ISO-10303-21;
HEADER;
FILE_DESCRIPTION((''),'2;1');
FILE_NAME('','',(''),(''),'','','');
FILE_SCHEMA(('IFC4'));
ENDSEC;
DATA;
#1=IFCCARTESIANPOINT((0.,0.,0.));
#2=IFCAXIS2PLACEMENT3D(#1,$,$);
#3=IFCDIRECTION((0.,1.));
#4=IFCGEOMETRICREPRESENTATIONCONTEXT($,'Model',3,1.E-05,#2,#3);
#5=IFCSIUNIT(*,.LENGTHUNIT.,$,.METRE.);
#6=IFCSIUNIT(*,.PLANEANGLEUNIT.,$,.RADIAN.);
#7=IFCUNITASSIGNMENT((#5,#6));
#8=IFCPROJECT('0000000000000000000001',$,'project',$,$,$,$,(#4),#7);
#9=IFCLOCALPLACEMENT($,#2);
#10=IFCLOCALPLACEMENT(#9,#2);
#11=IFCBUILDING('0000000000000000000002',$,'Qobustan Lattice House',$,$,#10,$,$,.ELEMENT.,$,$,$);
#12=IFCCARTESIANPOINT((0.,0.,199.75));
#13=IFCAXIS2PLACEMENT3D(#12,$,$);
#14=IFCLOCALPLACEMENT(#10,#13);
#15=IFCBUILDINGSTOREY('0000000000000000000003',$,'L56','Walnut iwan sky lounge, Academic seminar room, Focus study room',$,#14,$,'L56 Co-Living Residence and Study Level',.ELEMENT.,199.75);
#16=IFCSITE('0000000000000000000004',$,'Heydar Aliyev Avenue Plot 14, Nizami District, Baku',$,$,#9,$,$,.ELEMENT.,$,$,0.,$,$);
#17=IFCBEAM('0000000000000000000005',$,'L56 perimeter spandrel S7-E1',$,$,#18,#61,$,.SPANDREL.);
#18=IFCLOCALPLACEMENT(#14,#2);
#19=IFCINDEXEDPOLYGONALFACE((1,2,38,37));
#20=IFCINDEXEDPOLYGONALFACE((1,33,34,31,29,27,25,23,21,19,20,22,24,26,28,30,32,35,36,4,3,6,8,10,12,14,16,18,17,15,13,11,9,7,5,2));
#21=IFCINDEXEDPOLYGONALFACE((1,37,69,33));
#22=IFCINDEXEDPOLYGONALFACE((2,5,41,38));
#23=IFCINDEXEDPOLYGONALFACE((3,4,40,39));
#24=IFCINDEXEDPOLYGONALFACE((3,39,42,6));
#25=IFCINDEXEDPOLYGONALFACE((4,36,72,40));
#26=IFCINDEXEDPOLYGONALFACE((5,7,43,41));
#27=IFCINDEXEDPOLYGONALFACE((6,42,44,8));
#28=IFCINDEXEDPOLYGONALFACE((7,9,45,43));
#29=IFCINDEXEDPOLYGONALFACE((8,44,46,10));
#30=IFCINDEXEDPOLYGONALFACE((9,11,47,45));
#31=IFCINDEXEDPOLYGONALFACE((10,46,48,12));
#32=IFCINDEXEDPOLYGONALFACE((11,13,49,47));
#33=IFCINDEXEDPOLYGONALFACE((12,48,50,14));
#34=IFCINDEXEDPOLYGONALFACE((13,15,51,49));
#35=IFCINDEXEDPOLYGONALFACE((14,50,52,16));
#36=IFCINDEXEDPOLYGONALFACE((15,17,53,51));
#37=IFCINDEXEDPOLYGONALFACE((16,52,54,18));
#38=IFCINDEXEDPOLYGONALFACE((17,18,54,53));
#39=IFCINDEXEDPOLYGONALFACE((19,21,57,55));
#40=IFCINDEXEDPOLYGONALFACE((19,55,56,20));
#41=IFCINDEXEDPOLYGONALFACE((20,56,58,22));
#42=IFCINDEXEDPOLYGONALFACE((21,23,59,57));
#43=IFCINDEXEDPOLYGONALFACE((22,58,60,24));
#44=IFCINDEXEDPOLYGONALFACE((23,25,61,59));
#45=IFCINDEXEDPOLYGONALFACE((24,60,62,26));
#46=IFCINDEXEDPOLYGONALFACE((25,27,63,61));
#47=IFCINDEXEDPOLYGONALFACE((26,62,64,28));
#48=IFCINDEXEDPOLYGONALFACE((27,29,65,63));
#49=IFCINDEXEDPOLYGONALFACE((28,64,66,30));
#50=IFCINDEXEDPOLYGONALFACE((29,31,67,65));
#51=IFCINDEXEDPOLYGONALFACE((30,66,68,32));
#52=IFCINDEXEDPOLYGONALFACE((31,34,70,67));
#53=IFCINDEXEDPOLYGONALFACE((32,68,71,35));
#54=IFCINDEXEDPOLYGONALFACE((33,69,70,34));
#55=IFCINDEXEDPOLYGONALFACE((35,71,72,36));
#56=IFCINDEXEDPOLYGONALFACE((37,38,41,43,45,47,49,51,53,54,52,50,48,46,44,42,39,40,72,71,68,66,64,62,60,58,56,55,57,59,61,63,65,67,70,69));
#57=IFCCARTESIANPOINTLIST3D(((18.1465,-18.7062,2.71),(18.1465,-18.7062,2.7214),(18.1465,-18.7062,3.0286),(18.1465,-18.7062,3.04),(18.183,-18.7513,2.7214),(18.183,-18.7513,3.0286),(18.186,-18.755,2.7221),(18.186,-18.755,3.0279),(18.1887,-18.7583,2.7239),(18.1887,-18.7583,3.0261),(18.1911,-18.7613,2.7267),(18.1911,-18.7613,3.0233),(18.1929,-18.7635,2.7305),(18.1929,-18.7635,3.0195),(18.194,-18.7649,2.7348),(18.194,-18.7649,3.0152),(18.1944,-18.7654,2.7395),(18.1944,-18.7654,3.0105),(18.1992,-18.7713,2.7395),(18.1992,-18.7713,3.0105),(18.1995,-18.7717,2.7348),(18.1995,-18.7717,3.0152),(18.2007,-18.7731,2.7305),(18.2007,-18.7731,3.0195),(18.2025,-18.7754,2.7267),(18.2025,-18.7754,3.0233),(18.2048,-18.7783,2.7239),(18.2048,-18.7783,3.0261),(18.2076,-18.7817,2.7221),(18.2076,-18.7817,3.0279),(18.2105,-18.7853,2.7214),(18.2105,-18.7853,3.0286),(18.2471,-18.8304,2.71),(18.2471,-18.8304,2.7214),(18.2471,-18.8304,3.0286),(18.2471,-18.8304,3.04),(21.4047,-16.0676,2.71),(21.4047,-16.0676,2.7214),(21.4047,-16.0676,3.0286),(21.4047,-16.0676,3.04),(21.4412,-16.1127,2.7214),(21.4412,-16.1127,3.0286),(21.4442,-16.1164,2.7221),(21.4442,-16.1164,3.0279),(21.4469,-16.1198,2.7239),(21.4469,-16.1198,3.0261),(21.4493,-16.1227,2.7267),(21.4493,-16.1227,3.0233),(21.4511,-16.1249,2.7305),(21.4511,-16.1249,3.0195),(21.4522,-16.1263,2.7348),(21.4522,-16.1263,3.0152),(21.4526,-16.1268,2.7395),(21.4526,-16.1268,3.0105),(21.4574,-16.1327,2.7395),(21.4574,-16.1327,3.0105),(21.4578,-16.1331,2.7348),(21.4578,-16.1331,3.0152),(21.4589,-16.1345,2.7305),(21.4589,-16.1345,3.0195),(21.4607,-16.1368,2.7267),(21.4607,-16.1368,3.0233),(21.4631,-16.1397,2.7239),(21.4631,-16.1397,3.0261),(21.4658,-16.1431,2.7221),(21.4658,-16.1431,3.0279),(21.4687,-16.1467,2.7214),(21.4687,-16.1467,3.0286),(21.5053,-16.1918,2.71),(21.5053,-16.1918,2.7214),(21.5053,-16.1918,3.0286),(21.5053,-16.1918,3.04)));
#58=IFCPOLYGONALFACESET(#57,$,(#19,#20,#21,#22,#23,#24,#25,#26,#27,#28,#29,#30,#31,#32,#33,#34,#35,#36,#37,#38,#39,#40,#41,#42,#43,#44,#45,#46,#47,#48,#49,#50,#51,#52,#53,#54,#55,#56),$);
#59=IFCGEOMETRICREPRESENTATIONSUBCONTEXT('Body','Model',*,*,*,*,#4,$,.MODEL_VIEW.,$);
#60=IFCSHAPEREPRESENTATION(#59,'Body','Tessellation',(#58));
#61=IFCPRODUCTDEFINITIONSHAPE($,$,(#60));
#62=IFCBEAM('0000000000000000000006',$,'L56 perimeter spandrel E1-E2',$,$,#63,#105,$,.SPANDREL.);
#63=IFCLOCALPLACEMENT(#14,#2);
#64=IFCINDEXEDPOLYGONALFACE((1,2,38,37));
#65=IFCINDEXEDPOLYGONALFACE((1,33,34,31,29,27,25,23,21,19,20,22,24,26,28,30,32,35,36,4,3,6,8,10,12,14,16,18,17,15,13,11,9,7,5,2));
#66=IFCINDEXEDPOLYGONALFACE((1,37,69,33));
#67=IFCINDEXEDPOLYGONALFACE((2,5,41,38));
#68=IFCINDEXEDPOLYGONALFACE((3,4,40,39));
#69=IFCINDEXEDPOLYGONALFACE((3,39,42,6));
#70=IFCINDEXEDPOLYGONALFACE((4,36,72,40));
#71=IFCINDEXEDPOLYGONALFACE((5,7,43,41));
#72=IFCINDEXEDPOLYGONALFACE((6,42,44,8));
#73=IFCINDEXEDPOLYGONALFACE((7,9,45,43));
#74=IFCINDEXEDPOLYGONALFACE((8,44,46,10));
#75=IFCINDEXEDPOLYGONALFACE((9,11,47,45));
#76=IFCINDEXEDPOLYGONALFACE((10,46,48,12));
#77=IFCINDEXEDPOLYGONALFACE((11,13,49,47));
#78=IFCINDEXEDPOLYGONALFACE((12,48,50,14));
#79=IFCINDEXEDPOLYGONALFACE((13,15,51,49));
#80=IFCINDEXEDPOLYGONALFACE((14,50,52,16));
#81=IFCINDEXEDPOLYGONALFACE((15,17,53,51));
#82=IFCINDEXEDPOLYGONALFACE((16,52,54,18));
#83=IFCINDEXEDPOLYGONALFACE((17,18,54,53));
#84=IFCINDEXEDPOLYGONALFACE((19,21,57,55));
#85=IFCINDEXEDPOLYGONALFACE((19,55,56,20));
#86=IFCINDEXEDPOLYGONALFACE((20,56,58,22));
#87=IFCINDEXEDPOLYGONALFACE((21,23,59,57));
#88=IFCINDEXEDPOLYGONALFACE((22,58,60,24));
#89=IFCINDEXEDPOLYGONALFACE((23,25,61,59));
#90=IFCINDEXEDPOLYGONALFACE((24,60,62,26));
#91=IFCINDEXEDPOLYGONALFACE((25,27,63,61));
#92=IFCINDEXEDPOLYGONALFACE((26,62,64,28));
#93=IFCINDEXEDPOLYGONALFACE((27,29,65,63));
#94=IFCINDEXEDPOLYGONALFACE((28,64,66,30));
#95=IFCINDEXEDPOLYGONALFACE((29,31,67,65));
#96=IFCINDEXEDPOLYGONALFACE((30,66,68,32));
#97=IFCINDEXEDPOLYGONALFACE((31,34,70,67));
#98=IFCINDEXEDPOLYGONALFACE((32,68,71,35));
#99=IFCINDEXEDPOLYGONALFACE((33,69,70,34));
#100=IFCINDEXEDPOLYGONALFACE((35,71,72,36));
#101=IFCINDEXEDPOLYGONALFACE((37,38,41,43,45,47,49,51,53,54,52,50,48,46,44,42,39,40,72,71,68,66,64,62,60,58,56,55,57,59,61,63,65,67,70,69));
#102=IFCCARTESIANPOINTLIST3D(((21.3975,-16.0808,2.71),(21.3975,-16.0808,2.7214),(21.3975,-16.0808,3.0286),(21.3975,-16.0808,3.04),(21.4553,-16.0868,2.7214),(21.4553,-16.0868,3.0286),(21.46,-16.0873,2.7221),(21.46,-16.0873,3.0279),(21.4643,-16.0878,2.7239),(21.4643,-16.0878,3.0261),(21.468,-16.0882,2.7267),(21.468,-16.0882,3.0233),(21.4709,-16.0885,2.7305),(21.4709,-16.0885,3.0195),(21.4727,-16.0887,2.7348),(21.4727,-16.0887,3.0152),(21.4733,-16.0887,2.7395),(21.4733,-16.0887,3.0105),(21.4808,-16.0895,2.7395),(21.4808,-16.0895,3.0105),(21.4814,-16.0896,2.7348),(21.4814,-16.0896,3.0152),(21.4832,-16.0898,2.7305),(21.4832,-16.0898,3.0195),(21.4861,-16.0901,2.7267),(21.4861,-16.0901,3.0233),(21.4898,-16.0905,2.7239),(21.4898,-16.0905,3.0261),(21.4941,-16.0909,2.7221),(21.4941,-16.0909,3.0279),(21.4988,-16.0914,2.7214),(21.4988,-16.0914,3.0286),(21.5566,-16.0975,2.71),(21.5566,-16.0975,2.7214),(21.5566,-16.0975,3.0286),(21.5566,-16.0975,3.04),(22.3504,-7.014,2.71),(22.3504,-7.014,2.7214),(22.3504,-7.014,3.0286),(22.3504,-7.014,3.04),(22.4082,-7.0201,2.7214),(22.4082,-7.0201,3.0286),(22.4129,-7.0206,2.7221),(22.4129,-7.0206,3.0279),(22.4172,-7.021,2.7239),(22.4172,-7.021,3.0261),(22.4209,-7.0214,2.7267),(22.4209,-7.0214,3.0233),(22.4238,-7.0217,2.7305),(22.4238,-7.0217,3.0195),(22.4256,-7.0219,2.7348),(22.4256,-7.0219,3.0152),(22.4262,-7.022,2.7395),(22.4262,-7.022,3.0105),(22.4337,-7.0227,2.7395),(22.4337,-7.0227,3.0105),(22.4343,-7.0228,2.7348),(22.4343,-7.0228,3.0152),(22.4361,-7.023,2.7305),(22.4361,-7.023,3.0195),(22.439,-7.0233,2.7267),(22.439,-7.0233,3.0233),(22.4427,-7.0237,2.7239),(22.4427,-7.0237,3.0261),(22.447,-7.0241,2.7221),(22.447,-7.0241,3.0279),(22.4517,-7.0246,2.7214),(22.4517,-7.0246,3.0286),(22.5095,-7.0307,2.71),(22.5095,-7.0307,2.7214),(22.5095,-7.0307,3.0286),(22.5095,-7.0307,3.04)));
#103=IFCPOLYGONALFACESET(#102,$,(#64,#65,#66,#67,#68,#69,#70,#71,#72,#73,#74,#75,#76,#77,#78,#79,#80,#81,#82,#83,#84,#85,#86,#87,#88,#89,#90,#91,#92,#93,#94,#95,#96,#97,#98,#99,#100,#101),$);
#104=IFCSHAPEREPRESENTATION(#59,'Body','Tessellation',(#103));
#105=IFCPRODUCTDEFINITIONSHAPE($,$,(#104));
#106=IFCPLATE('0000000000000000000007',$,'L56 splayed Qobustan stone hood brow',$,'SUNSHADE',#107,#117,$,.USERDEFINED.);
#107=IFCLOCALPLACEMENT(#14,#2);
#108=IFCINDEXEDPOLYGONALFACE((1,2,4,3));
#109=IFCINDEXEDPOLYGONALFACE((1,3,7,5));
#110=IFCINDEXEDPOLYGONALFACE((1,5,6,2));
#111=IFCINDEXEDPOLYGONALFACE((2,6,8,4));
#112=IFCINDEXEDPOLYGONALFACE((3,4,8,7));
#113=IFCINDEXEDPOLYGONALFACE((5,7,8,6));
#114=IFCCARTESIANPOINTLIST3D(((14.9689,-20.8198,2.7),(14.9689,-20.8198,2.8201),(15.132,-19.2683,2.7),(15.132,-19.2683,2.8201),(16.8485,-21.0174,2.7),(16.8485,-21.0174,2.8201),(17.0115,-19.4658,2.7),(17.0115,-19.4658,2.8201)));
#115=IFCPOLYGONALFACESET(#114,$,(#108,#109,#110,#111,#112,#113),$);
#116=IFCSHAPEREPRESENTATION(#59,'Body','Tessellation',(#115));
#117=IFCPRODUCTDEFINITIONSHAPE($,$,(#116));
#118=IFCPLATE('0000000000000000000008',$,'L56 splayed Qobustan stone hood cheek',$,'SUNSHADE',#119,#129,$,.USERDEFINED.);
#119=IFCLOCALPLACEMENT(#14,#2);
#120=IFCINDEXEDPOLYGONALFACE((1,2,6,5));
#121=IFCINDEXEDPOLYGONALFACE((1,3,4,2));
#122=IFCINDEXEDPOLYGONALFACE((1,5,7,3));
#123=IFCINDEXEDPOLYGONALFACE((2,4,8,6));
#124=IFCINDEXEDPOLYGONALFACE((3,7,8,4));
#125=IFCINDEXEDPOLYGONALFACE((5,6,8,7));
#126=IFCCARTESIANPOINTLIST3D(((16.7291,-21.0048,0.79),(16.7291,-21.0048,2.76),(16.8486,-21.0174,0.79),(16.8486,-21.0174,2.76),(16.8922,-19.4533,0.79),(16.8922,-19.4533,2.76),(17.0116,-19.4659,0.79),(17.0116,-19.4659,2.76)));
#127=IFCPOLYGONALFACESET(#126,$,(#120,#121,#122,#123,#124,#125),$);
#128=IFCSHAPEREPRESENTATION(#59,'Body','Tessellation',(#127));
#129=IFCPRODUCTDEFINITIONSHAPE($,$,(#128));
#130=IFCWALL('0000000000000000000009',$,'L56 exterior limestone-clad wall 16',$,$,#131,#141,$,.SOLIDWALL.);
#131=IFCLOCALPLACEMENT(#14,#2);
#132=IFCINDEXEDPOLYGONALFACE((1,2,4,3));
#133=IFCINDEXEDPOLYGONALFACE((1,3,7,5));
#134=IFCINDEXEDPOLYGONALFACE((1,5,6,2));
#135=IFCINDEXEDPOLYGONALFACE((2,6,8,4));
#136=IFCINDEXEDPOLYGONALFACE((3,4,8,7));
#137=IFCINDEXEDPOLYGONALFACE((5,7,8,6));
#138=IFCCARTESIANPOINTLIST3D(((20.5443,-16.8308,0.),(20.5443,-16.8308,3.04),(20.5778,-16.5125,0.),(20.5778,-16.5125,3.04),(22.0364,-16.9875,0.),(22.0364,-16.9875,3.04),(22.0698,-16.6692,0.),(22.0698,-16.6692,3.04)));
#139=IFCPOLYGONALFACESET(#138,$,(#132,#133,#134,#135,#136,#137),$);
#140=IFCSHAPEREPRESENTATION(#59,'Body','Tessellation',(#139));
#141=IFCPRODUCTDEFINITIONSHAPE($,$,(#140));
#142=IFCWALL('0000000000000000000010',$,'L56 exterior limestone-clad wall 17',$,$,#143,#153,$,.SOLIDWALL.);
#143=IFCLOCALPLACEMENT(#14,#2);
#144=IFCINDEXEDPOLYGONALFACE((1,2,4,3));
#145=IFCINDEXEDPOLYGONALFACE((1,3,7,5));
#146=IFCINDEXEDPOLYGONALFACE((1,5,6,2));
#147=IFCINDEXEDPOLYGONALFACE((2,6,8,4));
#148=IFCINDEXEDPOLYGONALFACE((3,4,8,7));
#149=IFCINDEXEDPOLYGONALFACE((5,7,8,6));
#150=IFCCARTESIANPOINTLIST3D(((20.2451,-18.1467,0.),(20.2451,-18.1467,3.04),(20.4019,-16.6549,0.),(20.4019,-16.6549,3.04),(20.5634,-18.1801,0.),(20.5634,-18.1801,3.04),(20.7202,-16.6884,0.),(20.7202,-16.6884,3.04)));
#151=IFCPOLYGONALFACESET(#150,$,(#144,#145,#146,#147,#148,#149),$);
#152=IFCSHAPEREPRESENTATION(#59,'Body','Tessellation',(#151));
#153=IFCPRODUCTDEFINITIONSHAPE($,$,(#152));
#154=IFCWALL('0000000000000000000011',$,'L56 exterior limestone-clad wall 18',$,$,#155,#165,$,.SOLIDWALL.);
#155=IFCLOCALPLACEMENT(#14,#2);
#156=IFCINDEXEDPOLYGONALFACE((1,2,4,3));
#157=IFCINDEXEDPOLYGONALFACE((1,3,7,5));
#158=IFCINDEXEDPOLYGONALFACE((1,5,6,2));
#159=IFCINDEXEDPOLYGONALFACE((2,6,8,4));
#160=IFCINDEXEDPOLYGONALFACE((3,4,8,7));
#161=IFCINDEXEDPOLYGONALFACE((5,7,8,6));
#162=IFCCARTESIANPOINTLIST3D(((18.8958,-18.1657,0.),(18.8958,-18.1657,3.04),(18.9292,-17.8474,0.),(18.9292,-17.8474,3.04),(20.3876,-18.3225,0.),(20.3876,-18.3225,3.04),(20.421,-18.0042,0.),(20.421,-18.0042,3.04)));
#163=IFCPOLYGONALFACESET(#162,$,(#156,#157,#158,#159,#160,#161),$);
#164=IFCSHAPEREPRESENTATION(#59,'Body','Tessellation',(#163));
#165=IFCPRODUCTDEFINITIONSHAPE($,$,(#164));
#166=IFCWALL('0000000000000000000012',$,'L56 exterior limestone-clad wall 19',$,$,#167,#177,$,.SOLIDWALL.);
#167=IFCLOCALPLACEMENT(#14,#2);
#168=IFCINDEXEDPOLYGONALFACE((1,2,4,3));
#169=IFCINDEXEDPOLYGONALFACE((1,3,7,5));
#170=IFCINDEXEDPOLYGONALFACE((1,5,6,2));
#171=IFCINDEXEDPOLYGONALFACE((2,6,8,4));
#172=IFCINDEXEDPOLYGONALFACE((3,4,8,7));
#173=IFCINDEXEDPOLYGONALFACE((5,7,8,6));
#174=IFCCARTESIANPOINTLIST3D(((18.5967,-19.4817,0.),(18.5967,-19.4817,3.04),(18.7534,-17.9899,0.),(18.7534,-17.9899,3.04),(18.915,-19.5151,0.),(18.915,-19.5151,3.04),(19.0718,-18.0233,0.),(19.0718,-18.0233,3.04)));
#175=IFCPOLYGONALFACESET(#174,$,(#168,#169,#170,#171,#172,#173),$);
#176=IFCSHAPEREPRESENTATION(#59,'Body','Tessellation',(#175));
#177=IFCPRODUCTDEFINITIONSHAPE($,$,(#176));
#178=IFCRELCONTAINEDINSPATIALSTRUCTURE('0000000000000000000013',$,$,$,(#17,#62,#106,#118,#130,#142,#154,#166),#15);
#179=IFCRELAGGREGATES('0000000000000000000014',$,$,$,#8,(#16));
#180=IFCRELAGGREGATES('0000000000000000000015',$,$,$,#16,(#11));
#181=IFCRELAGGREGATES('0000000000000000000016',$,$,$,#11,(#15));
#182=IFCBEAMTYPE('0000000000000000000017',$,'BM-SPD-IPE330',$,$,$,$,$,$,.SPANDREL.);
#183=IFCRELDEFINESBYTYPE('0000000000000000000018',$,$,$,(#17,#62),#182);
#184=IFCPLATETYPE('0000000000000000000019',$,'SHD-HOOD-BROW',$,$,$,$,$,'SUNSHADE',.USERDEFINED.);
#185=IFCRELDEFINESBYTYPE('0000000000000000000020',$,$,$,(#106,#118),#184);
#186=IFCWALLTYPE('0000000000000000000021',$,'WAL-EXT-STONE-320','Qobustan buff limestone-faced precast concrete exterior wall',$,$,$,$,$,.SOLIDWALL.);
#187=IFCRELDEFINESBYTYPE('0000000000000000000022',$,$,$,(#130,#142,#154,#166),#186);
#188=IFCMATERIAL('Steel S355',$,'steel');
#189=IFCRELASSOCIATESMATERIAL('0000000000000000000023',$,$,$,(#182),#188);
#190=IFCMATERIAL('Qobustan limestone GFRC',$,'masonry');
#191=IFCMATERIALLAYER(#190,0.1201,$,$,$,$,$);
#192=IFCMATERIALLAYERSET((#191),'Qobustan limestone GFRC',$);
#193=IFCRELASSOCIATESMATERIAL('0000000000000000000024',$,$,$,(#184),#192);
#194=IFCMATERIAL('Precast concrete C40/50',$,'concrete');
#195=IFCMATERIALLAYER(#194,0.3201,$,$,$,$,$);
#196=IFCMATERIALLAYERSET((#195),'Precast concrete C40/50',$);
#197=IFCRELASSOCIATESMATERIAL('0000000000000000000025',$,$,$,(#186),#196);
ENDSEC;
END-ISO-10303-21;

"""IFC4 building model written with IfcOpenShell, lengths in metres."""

from ifc_helpers import new_model, si_unit, direction, frame, frame_2d, origin, origin_2d, place, context, subcontext, project, spatial, rectangle, i_section, extrude, material, layer, layer_set, material_profile, profile_set, type_object, element, save


model = new_model("IFC4")

# Units and contexts
model_context = context("Model", 3, precision=1e-05, world=origin(), true_north=direction((0.0, 1.0)))
body_context = subcontext(model_context, "Body", "Model", "MODEL_VIEW")
ifc_project = project(units=[si_unit("LENGTHUNIT", "METRE"), si_unit("PLANEANGLEUNIT", "RADIAN")], contexts=[model_context])

# Site, building, storey
site_placement = place(None, origin())
site = spatial("IfcSite", under=ifc_project, at=site_placement, Name="Heydar Aliyev Avenue Plot 14, Nizami District, Baku", CompositionType="ELEMENT", RefElevation=0.0)
building_placement = place(site_placement, origin())
building = spatial("IfcBuilding", under=site, at=building_placement, Name="Qobustan Lattice House", CompositionType="ELEMENT")
storey_placement = place(building_placement, frame((0.0, 0.0, 199.75)))
storey = spatial("IfcBuildingStorey", under=building, at=storey_placement, Name="L56", Description="Walnut iwan sky lounge, Academic seminar room, Focus study room", LongName="L56 Co-Living Residence and Study Level", CompositionType="ELEMENT", Elevation=199.75)

# Beams
ifc_material_1 = material(Name="Steel S355", Category="steel")
ifc_material_profile_1 = material_profile(ifc_material_1, i_section(OverallWidth=0.1599, OverallDepth=0.3301, WebThickness=0.0076, FlangeThickness=0.0115, FilletRadius=0.0181, at=origin_2d()), Name="IPE330")
ifc_profile_set_1 = profile_set([ifc_material_profile_1], Name="Steel S355")
beam_type_1 = type_object("IfcBeamType", Name="BM-SPD-IPE330", PredefinedType="SPANDREL", material=ifc_profile_set_1)
beam_1_placement = place(storey_placement, frame((18.1968, -18.7683, 2.875), z_axis=(0.777128, 0.629342, 0.0), x_axis=(-0.629342, 0.777128, 0.0)))
element("IfcBeam", 1, at=beam_1_placement, inside=storey, type_object=beam_type_1, Name="L56 perimeter spandrel S7-E1", PredefinedType="SPANDREL", context=body_context, shape_type="SweptSolid", body=[
    extrude(i_section(OverallWidth=0.1599, OverallDepth=0.3301, WebThickness=0.0076, FlangeThickness=0.0115, FilletRadius=0.0181, at=origin_2d()), origin(), (0.0, 0.0, 1.0), 4.1926),
])
beam_2_placement = place(storey_placement, frame((21.4771, -16.0891, 2.875), z_axis=(0.104522, 0.994523, 0.0), x_axis=(-0.994523, 0.104522, 0.0)))
element("IfcBeam", 2, at=beam_2_placement, inside=storey, type_object=beam_type_1, Name="L56 perimeter spandrel E1-E2", PredefinedType="SPANDREL", context=body_context, shape_type="SweptSolid", body=[
    extrude(i_section(OverallWidth=0.1599, OverallDepth=0.3301, WebThickness=0.0076, FlangeThickness=0.0115, FilletRadius=0.0181, at=origin_2d()), origin(), (0.0, 0.0, 1.0), 9.1167),
])

# Plates
ifc_material_2 = material(Name="Qobustan limestone GFRC", Category="masonry")
ifc_layer_1 = layer(ifc_material_2, 0.1201)
ifc_layer_set_1 = layer_set([ifc_layer_1], Name="Qobustan limestone GFRC")
plate_type = type_object("IfcPlateType", Name="SHD-HOOD-BROW", ElementType="SUNSHADE", PredefinedType="USERDEFINED", material=ifc_layer_set_1)
plate_1_placement = place(storey_placement, frame((15.9902, -20.1428, 2.7), z_axis=(0.0, 0.0, 1.0), x_axis=(-0.994522, 0.104528, 0.0)))
element("IfcPlate", 3, at=plate_1_placement, inside=storey, type_object=plate_type, Name="L56 splayed Qobustan stone hood brow", ObjectType="SUNSHADE", PredefinedType="USERDEFINED", context=body_context, shape_type="SweptSolid", body=[
    extrude(rectangle(XDim=1.8899, YDim=1.5601, at=origin_2d()), origin(), (0.0, 0.0, 1.0), 0.1201),
])
plate_2_placement = place(storey_placement, frame((16.8704, -20.2354, 0.79), z_axis=(0.0, 0.0, 1.0), x_axis=(-0.994522, 0.104528, 0.0)))
element("IfcPlate", 4, at=plate_2_placement, inside=storey, type_object=plate_type, Name="L56 splayed Qobustan stone hood cheek", ObjectType="SUNSHADE", PredefinedType="USERDEFINED", context=body_context, shape_type="SweptSolid", body=[
    extrude(rectangle(XDim=0.1201, YDim=1.5601, at=origin_2d()), origin(), (0.0, 0.0, 1.0), 1.97),
])

# Walls
ifc_material_3 = material(Name="Precast concrete C40/50", Category="concrete")
ifc_layer_2 = layer(ifc_material_3, 0.3201)
ifc_layer_set_2 = layer_set([ifc_layer_2], Name="Precast concrete C40/50")
wall_type_1 = type_object("IfcWallType", Name="WAL-EXT-STONE-320", Description="Qobustan buff limestone-faced precast concrete exterior wall", PredefinedType="SOLIDWALL", material=ifc_layer_set_2)
wall_1_placement = place(storey_placement, frame((22.053, -16.8284, 0.0), z_axis=(0.0, 0.0, 1.0), x_axis=(-0.994527, 0.104481, 0.0)))
element("IfcWall", 5, at=wall_1_placement, inside=storey, type_object=wall_type_1, Name="L56 exterior limestone-clad wall 16", PredefinedType="SOLIDWALL", context=body_context, shape_type="SweptSolid", body=[
    extrude(rectangle(XDim=1.5002, YDim=0.3201, at=frame_2d((0.75, 0.0))), origin(), (0.0, 0.0, 1.0), 3.04),
])
for number, where, z_axis, x_axis, name in (
    (6, (20.561, -16.6716, 0.0), (0.0, 0.0, 1.0), (-0.104498, -0.994525, 0.0), "L56 exterior limestone-clad wall 17"),
    (7, (20.4043, -18.1633, 0.0), (0.0, 0.0, 1.0), (-0.994525, 0.104498, 0.0), "L56 exterior limestone-clad wall 18"),
    (8, (18.9126, -18.0066, 0.0), (0.0, 0.0, 1.0), (-0.104498, -0.994525, 0.0), "L56 exterior limestone-clad wall 19"),
):
    element("IfcWall", number, at=place(storey_placement, frame(where, z_axis=z_axis, x_axis=x_axis)), inside=storey, type_object=wall_type_1, Name=name, PredefinedType="SOLIDWALL", context=body_context, shape_type="SweptSolid", body=[
        extrude(rectangle(XDim=1.5, YDim=0.3201, at=frame_2d((0.75, 0.0))), origin(), (0.0, 0.0, 1.0), 3.04),
    ])

save(model, "model.ifc")
